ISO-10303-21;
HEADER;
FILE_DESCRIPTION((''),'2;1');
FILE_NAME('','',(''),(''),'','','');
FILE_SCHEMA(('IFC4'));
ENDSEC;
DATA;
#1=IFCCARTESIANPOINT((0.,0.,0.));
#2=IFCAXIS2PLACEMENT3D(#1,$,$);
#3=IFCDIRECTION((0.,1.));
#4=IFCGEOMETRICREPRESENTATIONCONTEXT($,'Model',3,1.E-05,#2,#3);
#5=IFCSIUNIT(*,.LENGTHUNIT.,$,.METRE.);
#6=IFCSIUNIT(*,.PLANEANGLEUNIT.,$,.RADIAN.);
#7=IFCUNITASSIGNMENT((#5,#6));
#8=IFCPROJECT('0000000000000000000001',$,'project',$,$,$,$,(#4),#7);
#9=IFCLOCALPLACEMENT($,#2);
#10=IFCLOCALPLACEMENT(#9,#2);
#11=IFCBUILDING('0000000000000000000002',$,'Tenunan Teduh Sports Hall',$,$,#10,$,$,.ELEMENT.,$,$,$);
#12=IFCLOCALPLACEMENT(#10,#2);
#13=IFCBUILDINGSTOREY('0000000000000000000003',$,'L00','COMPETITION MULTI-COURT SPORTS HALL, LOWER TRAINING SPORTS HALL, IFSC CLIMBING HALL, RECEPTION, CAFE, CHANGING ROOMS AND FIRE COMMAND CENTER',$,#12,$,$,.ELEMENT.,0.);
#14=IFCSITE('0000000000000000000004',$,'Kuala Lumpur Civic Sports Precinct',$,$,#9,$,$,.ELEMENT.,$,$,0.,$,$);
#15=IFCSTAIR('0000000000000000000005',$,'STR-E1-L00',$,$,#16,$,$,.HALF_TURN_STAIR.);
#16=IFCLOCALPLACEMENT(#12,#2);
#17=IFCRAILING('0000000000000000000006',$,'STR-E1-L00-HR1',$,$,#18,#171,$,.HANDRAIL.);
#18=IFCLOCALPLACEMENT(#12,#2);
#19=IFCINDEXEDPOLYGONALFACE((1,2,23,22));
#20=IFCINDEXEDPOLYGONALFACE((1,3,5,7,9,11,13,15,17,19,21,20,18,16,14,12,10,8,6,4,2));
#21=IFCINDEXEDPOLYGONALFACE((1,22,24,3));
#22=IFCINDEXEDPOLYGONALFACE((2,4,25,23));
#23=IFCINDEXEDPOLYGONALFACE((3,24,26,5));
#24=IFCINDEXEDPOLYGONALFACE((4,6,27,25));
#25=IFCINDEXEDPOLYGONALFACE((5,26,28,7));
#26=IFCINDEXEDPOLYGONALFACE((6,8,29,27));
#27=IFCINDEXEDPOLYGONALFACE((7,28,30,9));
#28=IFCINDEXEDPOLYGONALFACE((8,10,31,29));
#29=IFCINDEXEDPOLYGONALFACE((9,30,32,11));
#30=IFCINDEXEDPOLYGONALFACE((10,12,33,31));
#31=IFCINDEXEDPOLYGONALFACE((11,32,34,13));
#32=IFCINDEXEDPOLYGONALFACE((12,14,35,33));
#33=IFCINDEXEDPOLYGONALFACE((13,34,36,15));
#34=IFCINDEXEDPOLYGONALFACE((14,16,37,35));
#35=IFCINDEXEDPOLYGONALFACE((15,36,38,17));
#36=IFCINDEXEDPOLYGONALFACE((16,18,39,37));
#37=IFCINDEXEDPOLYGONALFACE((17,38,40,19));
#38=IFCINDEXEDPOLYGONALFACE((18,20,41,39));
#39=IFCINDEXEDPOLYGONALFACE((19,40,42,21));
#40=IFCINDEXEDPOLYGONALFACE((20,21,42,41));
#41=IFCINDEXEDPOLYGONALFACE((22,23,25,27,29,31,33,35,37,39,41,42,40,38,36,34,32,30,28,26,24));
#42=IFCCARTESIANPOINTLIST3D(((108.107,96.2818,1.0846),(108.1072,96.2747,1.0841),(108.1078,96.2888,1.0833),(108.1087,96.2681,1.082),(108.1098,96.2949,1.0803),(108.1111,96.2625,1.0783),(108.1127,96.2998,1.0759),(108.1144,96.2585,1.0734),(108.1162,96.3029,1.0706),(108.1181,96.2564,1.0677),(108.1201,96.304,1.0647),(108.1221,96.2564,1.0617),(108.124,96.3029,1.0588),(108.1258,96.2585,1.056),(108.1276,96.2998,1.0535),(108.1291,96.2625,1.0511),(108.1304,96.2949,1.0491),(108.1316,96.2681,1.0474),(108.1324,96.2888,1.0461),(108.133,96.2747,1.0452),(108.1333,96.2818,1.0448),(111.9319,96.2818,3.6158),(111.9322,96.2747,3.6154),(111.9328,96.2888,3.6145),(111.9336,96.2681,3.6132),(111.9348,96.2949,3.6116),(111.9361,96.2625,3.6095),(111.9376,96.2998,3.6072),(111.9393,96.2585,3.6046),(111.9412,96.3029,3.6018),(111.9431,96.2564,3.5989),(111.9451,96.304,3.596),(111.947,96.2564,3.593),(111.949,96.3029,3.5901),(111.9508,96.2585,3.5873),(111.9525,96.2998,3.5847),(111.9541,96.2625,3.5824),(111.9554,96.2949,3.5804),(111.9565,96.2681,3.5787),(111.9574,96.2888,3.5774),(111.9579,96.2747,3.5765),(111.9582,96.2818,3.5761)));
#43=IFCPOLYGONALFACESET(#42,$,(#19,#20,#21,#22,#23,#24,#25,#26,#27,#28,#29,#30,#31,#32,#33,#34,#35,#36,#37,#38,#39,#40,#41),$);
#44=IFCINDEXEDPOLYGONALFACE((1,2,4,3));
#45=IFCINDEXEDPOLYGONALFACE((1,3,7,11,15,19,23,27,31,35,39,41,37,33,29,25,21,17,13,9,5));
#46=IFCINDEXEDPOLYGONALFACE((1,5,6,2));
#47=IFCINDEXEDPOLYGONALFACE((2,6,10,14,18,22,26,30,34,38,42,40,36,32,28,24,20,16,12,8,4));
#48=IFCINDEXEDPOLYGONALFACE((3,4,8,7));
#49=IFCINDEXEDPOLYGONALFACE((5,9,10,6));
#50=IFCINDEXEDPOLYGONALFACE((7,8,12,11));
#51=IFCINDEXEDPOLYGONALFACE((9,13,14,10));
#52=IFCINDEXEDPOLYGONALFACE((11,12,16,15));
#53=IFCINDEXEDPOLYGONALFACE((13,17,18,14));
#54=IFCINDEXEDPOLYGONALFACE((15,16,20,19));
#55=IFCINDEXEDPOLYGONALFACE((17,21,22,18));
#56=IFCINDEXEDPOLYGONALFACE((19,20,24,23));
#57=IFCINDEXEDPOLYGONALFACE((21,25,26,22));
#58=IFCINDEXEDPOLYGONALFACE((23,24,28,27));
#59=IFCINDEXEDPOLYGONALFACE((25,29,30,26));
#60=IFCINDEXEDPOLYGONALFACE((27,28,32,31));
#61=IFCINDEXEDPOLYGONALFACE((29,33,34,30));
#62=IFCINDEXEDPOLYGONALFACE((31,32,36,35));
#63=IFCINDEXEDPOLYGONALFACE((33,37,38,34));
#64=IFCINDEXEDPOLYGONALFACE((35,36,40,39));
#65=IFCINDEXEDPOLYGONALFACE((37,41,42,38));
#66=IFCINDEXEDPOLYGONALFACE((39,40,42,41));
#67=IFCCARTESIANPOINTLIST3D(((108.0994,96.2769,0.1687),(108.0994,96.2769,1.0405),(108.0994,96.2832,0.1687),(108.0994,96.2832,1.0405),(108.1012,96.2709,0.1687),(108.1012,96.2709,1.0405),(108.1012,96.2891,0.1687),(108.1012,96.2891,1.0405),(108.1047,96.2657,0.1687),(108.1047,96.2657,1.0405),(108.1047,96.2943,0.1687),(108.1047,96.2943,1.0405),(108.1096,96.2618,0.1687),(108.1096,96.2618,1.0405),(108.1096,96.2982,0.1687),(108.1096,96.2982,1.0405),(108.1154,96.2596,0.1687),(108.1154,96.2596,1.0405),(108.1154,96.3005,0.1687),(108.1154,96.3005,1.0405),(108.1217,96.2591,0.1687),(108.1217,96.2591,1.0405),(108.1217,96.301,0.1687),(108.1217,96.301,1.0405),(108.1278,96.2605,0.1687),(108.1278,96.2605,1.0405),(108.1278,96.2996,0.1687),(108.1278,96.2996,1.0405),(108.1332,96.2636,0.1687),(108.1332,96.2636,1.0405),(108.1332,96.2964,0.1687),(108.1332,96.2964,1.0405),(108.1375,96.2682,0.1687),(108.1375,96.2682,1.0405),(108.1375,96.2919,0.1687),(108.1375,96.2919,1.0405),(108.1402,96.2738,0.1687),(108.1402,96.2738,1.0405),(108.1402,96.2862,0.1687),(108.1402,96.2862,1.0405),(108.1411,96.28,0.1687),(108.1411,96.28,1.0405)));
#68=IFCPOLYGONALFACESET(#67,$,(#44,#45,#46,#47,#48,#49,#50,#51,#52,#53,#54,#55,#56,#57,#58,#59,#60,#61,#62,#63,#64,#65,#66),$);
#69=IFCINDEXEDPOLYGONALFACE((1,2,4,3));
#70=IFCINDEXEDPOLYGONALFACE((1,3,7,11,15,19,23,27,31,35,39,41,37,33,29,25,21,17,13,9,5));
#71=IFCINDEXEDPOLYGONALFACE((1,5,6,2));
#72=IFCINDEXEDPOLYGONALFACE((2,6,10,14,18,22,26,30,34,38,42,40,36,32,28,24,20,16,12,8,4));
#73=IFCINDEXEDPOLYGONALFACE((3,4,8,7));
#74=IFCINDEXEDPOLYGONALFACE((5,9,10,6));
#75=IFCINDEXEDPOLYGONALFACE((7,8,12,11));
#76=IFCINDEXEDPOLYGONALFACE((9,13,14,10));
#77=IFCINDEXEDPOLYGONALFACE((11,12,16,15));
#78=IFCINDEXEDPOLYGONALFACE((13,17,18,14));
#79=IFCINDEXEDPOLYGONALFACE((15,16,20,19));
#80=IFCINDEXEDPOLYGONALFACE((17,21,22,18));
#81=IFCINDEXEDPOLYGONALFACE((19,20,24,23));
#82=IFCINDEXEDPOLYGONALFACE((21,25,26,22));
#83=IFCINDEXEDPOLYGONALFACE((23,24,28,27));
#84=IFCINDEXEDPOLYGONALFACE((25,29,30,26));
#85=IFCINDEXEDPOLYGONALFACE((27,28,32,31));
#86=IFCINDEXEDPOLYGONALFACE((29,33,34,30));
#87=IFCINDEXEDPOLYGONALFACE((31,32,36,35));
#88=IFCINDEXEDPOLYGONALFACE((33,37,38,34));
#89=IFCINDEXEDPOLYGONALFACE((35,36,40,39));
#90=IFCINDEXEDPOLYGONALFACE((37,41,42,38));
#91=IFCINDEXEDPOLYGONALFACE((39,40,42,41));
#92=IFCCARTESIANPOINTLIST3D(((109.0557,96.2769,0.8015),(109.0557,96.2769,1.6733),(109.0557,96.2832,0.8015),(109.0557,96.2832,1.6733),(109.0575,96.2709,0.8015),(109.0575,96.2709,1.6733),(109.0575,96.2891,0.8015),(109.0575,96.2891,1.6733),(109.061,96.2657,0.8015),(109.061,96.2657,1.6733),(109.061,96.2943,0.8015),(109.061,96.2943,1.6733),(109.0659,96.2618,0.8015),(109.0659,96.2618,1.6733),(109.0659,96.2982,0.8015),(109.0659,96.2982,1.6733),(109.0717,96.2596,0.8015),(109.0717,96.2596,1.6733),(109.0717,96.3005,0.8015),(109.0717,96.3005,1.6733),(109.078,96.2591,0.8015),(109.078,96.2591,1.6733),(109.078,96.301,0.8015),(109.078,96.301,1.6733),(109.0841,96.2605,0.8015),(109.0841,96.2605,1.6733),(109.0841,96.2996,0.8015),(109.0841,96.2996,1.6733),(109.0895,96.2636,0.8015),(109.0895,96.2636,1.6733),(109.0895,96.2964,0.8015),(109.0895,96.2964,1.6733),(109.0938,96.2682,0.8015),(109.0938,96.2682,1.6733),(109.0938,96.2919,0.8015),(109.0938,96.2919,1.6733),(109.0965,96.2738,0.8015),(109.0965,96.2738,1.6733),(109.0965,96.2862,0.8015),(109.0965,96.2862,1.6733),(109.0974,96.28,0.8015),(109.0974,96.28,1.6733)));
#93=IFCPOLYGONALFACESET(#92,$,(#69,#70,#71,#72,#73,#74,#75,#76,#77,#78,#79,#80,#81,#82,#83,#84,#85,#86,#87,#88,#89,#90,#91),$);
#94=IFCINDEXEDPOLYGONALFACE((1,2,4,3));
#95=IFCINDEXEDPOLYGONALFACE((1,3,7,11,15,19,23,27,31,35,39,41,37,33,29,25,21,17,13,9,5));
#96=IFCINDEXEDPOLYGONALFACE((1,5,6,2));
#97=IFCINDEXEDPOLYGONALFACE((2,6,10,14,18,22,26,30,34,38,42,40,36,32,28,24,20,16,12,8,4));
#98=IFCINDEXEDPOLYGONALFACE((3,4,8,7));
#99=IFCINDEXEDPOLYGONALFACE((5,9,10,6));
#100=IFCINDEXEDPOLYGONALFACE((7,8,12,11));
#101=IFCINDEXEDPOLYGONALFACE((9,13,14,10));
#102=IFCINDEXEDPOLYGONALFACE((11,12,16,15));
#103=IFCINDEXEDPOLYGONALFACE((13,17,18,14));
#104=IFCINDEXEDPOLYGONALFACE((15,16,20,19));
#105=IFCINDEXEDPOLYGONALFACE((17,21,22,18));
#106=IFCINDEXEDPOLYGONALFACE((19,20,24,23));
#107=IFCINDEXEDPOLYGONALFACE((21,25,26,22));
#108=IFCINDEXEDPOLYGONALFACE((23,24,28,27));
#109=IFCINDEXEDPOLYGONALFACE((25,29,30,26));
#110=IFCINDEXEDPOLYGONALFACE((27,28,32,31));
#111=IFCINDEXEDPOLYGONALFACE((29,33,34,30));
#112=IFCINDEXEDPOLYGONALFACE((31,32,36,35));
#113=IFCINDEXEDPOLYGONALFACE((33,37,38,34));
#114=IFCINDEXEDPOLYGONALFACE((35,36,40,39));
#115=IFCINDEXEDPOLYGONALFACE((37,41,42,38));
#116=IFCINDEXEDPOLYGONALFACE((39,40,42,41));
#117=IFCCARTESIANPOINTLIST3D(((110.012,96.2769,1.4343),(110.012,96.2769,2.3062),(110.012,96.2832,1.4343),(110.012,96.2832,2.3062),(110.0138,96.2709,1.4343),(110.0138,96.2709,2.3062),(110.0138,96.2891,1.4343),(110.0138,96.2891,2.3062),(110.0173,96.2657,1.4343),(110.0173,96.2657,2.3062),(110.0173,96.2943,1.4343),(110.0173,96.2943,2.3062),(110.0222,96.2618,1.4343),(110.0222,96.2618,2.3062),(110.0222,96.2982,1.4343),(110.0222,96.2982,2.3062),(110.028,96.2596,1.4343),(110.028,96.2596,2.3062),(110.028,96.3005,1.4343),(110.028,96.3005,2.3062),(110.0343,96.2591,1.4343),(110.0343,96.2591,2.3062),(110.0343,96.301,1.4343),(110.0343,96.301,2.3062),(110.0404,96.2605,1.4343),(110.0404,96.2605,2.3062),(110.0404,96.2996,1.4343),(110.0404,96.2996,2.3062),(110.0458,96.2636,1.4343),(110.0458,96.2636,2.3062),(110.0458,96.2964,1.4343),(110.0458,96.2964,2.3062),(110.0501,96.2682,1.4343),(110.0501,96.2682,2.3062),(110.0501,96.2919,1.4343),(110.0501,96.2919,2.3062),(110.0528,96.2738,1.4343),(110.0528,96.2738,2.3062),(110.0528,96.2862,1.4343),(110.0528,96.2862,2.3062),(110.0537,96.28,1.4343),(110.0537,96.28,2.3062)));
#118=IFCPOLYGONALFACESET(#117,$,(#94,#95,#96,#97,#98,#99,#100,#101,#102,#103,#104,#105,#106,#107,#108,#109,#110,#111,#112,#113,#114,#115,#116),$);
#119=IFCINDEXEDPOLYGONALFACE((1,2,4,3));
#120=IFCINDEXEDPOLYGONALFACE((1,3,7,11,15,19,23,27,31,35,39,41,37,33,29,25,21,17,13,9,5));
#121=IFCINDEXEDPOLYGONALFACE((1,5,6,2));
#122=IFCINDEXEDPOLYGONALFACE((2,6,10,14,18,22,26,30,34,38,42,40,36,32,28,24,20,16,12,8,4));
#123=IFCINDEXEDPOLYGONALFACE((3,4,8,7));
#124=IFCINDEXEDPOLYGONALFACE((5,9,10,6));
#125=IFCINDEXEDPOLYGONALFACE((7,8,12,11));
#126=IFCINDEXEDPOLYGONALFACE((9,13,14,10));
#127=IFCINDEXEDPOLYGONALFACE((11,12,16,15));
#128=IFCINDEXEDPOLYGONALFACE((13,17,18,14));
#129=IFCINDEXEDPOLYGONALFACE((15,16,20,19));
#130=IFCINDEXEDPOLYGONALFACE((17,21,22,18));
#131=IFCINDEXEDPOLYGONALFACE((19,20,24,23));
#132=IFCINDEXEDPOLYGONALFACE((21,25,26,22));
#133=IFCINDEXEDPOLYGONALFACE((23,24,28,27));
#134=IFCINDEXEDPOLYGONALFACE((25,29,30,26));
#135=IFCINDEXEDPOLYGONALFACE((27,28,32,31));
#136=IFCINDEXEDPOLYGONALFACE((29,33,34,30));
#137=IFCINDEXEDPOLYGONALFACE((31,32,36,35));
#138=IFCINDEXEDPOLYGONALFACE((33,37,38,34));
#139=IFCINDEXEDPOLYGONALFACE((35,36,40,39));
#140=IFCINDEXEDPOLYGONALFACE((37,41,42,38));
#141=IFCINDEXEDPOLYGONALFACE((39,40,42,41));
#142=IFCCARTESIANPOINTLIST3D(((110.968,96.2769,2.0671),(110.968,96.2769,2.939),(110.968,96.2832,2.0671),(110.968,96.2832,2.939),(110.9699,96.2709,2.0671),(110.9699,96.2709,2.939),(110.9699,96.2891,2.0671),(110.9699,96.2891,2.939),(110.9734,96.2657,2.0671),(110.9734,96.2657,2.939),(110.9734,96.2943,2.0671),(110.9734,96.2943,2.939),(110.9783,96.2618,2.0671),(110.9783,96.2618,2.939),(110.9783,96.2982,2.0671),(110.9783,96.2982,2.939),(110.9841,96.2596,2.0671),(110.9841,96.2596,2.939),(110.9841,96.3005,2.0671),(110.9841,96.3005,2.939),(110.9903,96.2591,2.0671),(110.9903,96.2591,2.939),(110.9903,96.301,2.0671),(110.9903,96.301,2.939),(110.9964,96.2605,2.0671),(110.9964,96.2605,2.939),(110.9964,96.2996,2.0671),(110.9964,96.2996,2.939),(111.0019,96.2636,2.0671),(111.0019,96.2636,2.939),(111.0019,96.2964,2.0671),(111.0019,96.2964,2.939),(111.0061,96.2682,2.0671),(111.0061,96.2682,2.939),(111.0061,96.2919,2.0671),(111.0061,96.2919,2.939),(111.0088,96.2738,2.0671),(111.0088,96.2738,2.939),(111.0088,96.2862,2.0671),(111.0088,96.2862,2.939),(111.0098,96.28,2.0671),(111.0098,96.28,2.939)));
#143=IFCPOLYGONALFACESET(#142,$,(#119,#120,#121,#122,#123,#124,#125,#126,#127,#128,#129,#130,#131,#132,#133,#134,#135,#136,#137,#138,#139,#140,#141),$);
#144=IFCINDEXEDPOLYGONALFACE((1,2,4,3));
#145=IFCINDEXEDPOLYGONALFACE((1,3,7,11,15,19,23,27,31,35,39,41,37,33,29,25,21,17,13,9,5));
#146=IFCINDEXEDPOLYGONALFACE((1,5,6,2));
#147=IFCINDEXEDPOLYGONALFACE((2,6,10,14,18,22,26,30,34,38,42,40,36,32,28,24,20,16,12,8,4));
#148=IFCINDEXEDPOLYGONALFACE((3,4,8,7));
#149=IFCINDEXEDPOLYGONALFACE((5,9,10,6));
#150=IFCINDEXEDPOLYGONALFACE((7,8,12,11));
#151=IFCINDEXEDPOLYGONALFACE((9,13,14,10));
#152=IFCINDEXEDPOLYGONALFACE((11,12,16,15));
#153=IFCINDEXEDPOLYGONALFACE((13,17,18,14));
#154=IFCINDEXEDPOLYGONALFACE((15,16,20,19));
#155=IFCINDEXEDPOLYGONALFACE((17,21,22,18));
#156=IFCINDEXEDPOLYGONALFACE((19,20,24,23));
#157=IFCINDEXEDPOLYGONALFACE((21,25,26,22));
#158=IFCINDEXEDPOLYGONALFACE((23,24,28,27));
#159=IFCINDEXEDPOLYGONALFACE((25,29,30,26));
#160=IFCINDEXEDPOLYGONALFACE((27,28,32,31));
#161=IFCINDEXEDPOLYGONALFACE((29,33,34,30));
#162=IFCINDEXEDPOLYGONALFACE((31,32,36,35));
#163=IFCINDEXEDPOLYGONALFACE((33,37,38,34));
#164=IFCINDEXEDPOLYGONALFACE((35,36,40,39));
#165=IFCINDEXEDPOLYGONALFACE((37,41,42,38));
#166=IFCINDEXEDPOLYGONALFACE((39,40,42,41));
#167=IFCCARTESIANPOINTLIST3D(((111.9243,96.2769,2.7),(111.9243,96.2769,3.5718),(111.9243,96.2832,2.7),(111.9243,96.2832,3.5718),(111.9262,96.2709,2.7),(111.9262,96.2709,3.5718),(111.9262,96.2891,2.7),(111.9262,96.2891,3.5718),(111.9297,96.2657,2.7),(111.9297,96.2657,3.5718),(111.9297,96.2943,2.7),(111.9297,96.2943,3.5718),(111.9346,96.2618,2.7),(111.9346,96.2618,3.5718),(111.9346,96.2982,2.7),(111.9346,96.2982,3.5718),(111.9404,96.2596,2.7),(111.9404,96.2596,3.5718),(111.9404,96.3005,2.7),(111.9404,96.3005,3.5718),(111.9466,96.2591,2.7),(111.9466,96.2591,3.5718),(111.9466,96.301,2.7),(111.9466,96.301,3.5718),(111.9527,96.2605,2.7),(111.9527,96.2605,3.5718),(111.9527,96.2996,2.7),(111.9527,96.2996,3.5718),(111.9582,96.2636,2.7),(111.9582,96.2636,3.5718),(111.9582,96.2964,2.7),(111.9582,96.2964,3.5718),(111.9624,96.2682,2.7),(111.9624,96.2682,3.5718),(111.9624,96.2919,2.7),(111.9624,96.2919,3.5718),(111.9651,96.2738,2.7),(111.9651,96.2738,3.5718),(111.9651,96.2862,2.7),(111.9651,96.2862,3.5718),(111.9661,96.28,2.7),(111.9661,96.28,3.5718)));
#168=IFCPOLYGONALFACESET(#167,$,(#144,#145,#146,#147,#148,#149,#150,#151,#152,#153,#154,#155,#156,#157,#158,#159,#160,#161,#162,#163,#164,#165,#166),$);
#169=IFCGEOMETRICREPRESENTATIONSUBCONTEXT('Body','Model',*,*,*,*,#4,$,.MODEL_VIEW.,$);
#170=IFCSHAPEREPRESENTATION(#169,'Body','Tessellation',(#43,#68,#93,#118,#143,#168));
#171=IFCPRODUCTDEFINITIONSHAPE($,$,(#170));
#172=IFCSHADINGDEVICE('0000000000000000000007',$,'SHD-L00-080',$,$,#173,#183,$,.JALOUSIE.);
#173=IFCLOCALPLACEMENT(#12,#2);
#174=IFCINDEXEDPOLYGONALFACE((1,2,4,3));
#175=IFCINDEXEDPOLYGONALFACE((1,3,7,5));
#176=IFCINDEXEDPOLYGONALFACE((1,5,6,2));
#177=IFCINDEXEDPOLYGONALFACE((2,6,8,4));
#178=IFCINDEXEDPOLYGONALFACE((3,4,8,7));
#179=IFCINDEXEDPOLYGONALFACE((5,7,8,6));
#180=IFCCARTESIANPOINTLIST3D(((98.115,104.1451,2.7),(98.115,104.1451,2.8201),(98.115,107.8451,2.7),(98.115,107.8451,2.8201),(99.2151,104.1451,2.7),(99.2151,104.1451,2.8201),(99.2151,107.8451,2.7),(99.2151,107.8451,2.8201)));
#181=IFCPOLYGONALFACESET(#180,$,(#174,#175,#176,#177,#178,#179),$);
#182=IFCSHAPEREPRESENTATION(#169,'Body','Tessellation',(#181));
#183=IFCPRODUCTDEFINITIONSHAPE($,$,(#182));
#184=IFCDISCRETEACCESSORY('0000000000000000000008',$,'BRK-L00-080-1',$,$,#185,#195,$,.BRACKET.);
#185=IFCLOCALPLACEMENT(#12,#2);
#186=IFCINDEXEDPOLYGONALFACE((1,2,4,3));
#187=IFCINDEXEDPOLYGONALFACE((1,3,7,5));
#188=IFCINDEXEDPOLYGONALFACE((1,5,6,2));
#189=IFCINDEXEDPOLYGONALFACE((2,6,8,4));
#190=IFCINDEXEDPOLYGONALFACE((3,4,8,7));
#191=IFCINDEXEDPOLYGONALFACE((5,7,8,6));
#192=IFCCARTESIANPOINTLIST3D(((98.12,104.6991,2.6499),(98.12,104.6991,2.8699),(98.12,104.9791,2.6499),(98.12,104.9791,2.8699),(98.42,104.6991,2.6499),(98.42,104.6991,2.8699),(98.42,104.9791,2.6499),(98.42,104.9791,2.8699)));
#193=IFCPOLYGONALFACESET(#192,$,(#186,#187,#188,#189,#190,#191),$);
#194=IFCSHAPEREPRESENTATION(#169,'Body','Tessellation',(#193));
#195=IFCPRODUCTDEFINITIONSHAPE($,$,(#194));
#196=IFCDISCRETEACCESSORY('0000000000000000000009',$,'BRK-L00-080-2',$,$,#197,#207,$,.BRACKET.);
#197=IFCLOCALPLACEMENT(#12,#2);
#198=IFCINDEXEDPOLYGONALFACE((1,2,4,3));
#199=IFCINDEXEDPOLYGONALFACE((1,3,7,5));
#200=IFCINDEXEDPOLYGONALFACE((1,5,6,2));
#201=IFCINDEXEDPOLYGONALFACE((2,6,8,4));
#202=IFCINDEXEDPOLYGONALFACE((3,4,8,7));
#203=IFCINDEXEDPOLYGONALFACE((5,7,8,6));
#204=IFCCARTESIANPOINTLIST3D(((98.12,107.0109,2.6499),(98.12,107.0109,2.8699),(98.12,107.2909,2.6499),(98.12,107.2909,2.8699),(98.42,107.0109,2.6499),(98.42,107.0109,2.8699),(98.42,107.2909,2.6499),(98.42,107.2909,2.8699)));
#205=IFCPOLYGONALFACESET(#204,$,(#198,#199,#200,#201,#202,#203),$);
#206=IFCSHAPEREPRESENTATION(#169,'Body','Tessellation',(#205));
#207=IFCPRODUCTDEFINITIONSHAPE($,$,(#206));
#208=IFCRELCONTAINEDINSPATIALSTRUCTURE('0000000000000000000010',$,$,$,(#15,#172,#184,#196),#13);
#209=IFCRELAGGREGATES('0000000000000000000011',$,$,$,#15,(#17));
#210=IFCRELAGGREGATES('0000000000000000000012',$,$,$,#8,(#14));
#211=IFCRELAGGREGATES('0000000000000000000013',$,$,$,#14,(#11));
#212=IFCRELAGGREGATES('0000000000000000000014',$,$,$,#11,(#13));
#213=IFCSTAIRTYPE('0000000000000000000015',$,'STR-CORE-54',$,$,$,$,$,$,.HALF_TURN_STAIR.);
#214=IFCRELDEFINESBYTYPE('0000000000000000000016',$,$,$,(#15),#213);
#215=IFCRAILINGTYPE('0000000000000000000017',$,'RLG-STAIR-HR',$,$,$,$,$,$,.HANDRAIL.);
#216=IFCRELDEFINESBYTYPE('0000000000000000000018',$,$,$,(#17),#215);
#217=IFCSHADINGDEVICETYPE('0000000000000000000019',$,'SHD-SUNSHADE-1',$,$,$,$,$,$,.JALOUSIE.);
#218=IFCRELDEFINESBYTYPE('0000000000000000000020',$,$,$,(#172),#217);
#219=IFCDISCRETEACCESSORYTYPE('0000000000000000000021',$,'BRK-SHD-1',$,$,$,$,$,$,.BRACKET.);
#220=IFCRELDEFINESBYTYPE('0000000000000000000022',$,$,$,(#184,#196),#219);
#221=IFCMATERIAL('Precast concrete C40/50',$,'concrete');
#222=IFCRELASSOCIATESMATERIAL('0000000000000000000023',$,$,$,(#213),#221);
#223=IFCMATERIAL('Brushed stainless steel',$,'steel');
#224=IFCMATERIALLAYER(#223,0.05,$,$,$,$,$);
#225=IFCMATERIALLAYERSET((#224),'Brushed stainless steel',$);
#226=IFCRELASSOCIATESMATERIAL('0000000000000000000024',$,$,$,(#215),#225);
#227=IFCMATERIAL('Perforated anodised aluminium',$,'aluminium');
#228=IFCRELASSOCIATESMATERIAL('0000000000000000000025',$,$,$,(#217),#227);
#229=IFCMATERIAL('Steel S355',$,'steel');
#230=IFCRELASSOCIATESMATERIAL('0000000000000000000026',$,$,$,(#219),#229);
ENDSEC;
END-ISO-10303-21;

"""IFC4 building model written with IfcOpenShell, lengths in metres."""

from ifc_helpers import new_model, si_unit, direction, frame, origin, origin_2d, place, context, subcontext, project, spatial, rectangle, circle, extrude, material, layer, layer_set, type_object, element, aggregate, save


model = new_model("IFC4")

# Units and contexts
model_context = context("Model", 3, precision=1e-05, world=origin(), true_north=direction((0.0, 1.0)))
body_context = subcontext(model_context, "Body", "Model", "MODEL_VIEW")
ifc_project = project(units=[si_unit("LENGTHUNIT", "METRE"), si_unit("PLANEANGLEUNIT", "RADIAN")], contexts=[model_context])

# Site, building, storey
site_placement = place(None, origin())
site = spatial("IfcSite", under=ifc_project, at=site_placement, Name="Kuala Lumpur Civic Sports Precinct", CompositionType="ELEMENT", RefElevation=0.0)
building_placement = place(site_placement, origin())
building = spatial("IfcBuilding", under=site, at=building_placement, Name="Tenunan Teduh Sports Hall", CompositionType="ELEMENT")
storey_placement = place(building_placement, origin())
storey = spatial("IfcBuildingStorey", under=building, at=storey_placement, Name="L00", Description="COMPETITION MULTI-COURT SPORTS HALL, LOWER TRAINING SPORTS HALL, IFSC CLIMBING HALL, RECEPTION, CAFE, CHANGING ROOMS AND FIRE COMMAND CENTER", CompositionType="ELEMENT", Elevation=0.0)

# Stair, railing
ifc_material_1 = material(Name="Precast concrete C40/50", Category="concrete")
stair_type = type_object("IfcStairType", Name="STR-CORE-54", PredefinedType="HALF_TURN_STAIR", material=ifc_material_1)
stair_placement = place(storey_placement, origin())
stair = element("IfcStair", 1, at=stair_placement, inside=storey, type_object=stair_type, Name="STR-E1-L00", PredefinedType="HALF_TURN_STAIR")
ifc_material_2 = material(Name="Brushed stainless steel", Category="steel")
ifc_layer_1 = layer(ifc_material_2, 0.05)
ifc_layer_set_1 = layer_set([ifc_layer_1], Name="Brushed stainless steel")
railing_type_1 = type_object("IfcRailingType", Name="RLG-STAIR-HR", PredefinedType="HANDRAIL", material=ifc_layer_set_1)
railing_1_placement = place(storey_placement, frame((108.1201, 96.28, 0.1687)))
railing_1 = element("IfcRailing", 2, at=railing_1_placement, type_object=railing_type_1, Name="STR-E1-L00-HR1", PredefinedType="HANDRAIL", context=body_context, shape_type="SweptSolid", body=[
    extrude(circle(Radius=0.0239, at=origin_2d()), frame((0.0, 0.0, 0.896), z_axis=(0.833929, 0.0, 0.551872), x_axis=(0.0, 1.0, 0.0)), (0.0, 0.0, 1.0), 4.5867),
    extrude(circle(Radius=0.021, at=origin_2d()), origin(), (0.0, 0.0, 1.0), 0.8718),
    extrude(circle(Radius=0.021, at=origin_2d()), frame((0.9563, 0.0, 0.6328)), (0.0, 0.0, 1.0), 0.8718),
    extrude(circle(Radius=0.021, at=origin_2d()), frame((1.9126, 0.0, 1.2656)), (0.0, 0.0, 1.0), 0.8718),
    extrude(circle(Radius=0.021, at=origin_2d()), frame((2.8687, 0.0, 1.8984)), (0.0, 0.0, 1.0), 0.8718),
    extrude(circle(Radius=0.021, at=origin_2d()), frame((3.825, 0.0, 2.5312)), (0.0, 0.0, 1.0), 0.8718),
])
aggregate(stair, [railing_1])

# Shading device
ifc_material_3 = material(Name="Perforated anodised aluminium", Category="aluminium")
shading_device_type = type_object("IfcShadingDeviceType", Name="SHD-SUNSHADE-1", PredefinedType="JALOUSIE", material=ifc_material_3)
shading_device_placement = place(storey_placement, frame((98.665, 105.9951, 2.7), z_axis=(0.0, 0.0, 1.0), x_axis=(0.0, 1.0, 0.0)))
element("IfcShadingDevice", 3, at=shading_device_placement, inside=storey, type_object=shading_device_type, Name="SHD-L00-080", PredefinedType="JALOUSIE", context=body_context, shape_type="SweptSolid", body=[
    extrude(rectangle(XDim=3.7, YDim=1.1001, at=origin_2d()), origin(), (0.0, 0.0, 1.0), 0.1201),
])

# Discrete accessories
ifc_material_4 = material(Name="Steel S355", Category="steel")
discrete_accessory_type_1 = type_object("IfcDiscreteAccessoryType", Name="BRK-SHD-1", PredefinedType="BRACKET", material=ifc_material_4)
for number, where, z_axis, x_axis, name in (
    (4, (98.27, 104.8391, 2.6499), (0.0, 0.0, 1.0), (0.0, 1.0, 0.0), "BRK-L00-080-1"),
    (5, (98.27, 107.1509, 2.6499), (0.0, 0.0, 1.0), (0.0, 1.0, 0.0), "BRK-L00-080-2"),
):
    element("IfcDiscreteAccessory", number, at=place(storey_placement, frame(where, z_axis=z_axis, x_axis=x_axis)), inside=storey, type_object=discrete_accessory_type_1, Name=name, PredefinedType="BRACKET", context=body_context, shape_type="SweptSolid", body=[
        extrude(rectangle(XDim=0.28, YDim=0.3, at=origin_2d()), origin(), (0.0, 0.0, 1.0), 0.22),
    ])

save(model, "model.ifc")
